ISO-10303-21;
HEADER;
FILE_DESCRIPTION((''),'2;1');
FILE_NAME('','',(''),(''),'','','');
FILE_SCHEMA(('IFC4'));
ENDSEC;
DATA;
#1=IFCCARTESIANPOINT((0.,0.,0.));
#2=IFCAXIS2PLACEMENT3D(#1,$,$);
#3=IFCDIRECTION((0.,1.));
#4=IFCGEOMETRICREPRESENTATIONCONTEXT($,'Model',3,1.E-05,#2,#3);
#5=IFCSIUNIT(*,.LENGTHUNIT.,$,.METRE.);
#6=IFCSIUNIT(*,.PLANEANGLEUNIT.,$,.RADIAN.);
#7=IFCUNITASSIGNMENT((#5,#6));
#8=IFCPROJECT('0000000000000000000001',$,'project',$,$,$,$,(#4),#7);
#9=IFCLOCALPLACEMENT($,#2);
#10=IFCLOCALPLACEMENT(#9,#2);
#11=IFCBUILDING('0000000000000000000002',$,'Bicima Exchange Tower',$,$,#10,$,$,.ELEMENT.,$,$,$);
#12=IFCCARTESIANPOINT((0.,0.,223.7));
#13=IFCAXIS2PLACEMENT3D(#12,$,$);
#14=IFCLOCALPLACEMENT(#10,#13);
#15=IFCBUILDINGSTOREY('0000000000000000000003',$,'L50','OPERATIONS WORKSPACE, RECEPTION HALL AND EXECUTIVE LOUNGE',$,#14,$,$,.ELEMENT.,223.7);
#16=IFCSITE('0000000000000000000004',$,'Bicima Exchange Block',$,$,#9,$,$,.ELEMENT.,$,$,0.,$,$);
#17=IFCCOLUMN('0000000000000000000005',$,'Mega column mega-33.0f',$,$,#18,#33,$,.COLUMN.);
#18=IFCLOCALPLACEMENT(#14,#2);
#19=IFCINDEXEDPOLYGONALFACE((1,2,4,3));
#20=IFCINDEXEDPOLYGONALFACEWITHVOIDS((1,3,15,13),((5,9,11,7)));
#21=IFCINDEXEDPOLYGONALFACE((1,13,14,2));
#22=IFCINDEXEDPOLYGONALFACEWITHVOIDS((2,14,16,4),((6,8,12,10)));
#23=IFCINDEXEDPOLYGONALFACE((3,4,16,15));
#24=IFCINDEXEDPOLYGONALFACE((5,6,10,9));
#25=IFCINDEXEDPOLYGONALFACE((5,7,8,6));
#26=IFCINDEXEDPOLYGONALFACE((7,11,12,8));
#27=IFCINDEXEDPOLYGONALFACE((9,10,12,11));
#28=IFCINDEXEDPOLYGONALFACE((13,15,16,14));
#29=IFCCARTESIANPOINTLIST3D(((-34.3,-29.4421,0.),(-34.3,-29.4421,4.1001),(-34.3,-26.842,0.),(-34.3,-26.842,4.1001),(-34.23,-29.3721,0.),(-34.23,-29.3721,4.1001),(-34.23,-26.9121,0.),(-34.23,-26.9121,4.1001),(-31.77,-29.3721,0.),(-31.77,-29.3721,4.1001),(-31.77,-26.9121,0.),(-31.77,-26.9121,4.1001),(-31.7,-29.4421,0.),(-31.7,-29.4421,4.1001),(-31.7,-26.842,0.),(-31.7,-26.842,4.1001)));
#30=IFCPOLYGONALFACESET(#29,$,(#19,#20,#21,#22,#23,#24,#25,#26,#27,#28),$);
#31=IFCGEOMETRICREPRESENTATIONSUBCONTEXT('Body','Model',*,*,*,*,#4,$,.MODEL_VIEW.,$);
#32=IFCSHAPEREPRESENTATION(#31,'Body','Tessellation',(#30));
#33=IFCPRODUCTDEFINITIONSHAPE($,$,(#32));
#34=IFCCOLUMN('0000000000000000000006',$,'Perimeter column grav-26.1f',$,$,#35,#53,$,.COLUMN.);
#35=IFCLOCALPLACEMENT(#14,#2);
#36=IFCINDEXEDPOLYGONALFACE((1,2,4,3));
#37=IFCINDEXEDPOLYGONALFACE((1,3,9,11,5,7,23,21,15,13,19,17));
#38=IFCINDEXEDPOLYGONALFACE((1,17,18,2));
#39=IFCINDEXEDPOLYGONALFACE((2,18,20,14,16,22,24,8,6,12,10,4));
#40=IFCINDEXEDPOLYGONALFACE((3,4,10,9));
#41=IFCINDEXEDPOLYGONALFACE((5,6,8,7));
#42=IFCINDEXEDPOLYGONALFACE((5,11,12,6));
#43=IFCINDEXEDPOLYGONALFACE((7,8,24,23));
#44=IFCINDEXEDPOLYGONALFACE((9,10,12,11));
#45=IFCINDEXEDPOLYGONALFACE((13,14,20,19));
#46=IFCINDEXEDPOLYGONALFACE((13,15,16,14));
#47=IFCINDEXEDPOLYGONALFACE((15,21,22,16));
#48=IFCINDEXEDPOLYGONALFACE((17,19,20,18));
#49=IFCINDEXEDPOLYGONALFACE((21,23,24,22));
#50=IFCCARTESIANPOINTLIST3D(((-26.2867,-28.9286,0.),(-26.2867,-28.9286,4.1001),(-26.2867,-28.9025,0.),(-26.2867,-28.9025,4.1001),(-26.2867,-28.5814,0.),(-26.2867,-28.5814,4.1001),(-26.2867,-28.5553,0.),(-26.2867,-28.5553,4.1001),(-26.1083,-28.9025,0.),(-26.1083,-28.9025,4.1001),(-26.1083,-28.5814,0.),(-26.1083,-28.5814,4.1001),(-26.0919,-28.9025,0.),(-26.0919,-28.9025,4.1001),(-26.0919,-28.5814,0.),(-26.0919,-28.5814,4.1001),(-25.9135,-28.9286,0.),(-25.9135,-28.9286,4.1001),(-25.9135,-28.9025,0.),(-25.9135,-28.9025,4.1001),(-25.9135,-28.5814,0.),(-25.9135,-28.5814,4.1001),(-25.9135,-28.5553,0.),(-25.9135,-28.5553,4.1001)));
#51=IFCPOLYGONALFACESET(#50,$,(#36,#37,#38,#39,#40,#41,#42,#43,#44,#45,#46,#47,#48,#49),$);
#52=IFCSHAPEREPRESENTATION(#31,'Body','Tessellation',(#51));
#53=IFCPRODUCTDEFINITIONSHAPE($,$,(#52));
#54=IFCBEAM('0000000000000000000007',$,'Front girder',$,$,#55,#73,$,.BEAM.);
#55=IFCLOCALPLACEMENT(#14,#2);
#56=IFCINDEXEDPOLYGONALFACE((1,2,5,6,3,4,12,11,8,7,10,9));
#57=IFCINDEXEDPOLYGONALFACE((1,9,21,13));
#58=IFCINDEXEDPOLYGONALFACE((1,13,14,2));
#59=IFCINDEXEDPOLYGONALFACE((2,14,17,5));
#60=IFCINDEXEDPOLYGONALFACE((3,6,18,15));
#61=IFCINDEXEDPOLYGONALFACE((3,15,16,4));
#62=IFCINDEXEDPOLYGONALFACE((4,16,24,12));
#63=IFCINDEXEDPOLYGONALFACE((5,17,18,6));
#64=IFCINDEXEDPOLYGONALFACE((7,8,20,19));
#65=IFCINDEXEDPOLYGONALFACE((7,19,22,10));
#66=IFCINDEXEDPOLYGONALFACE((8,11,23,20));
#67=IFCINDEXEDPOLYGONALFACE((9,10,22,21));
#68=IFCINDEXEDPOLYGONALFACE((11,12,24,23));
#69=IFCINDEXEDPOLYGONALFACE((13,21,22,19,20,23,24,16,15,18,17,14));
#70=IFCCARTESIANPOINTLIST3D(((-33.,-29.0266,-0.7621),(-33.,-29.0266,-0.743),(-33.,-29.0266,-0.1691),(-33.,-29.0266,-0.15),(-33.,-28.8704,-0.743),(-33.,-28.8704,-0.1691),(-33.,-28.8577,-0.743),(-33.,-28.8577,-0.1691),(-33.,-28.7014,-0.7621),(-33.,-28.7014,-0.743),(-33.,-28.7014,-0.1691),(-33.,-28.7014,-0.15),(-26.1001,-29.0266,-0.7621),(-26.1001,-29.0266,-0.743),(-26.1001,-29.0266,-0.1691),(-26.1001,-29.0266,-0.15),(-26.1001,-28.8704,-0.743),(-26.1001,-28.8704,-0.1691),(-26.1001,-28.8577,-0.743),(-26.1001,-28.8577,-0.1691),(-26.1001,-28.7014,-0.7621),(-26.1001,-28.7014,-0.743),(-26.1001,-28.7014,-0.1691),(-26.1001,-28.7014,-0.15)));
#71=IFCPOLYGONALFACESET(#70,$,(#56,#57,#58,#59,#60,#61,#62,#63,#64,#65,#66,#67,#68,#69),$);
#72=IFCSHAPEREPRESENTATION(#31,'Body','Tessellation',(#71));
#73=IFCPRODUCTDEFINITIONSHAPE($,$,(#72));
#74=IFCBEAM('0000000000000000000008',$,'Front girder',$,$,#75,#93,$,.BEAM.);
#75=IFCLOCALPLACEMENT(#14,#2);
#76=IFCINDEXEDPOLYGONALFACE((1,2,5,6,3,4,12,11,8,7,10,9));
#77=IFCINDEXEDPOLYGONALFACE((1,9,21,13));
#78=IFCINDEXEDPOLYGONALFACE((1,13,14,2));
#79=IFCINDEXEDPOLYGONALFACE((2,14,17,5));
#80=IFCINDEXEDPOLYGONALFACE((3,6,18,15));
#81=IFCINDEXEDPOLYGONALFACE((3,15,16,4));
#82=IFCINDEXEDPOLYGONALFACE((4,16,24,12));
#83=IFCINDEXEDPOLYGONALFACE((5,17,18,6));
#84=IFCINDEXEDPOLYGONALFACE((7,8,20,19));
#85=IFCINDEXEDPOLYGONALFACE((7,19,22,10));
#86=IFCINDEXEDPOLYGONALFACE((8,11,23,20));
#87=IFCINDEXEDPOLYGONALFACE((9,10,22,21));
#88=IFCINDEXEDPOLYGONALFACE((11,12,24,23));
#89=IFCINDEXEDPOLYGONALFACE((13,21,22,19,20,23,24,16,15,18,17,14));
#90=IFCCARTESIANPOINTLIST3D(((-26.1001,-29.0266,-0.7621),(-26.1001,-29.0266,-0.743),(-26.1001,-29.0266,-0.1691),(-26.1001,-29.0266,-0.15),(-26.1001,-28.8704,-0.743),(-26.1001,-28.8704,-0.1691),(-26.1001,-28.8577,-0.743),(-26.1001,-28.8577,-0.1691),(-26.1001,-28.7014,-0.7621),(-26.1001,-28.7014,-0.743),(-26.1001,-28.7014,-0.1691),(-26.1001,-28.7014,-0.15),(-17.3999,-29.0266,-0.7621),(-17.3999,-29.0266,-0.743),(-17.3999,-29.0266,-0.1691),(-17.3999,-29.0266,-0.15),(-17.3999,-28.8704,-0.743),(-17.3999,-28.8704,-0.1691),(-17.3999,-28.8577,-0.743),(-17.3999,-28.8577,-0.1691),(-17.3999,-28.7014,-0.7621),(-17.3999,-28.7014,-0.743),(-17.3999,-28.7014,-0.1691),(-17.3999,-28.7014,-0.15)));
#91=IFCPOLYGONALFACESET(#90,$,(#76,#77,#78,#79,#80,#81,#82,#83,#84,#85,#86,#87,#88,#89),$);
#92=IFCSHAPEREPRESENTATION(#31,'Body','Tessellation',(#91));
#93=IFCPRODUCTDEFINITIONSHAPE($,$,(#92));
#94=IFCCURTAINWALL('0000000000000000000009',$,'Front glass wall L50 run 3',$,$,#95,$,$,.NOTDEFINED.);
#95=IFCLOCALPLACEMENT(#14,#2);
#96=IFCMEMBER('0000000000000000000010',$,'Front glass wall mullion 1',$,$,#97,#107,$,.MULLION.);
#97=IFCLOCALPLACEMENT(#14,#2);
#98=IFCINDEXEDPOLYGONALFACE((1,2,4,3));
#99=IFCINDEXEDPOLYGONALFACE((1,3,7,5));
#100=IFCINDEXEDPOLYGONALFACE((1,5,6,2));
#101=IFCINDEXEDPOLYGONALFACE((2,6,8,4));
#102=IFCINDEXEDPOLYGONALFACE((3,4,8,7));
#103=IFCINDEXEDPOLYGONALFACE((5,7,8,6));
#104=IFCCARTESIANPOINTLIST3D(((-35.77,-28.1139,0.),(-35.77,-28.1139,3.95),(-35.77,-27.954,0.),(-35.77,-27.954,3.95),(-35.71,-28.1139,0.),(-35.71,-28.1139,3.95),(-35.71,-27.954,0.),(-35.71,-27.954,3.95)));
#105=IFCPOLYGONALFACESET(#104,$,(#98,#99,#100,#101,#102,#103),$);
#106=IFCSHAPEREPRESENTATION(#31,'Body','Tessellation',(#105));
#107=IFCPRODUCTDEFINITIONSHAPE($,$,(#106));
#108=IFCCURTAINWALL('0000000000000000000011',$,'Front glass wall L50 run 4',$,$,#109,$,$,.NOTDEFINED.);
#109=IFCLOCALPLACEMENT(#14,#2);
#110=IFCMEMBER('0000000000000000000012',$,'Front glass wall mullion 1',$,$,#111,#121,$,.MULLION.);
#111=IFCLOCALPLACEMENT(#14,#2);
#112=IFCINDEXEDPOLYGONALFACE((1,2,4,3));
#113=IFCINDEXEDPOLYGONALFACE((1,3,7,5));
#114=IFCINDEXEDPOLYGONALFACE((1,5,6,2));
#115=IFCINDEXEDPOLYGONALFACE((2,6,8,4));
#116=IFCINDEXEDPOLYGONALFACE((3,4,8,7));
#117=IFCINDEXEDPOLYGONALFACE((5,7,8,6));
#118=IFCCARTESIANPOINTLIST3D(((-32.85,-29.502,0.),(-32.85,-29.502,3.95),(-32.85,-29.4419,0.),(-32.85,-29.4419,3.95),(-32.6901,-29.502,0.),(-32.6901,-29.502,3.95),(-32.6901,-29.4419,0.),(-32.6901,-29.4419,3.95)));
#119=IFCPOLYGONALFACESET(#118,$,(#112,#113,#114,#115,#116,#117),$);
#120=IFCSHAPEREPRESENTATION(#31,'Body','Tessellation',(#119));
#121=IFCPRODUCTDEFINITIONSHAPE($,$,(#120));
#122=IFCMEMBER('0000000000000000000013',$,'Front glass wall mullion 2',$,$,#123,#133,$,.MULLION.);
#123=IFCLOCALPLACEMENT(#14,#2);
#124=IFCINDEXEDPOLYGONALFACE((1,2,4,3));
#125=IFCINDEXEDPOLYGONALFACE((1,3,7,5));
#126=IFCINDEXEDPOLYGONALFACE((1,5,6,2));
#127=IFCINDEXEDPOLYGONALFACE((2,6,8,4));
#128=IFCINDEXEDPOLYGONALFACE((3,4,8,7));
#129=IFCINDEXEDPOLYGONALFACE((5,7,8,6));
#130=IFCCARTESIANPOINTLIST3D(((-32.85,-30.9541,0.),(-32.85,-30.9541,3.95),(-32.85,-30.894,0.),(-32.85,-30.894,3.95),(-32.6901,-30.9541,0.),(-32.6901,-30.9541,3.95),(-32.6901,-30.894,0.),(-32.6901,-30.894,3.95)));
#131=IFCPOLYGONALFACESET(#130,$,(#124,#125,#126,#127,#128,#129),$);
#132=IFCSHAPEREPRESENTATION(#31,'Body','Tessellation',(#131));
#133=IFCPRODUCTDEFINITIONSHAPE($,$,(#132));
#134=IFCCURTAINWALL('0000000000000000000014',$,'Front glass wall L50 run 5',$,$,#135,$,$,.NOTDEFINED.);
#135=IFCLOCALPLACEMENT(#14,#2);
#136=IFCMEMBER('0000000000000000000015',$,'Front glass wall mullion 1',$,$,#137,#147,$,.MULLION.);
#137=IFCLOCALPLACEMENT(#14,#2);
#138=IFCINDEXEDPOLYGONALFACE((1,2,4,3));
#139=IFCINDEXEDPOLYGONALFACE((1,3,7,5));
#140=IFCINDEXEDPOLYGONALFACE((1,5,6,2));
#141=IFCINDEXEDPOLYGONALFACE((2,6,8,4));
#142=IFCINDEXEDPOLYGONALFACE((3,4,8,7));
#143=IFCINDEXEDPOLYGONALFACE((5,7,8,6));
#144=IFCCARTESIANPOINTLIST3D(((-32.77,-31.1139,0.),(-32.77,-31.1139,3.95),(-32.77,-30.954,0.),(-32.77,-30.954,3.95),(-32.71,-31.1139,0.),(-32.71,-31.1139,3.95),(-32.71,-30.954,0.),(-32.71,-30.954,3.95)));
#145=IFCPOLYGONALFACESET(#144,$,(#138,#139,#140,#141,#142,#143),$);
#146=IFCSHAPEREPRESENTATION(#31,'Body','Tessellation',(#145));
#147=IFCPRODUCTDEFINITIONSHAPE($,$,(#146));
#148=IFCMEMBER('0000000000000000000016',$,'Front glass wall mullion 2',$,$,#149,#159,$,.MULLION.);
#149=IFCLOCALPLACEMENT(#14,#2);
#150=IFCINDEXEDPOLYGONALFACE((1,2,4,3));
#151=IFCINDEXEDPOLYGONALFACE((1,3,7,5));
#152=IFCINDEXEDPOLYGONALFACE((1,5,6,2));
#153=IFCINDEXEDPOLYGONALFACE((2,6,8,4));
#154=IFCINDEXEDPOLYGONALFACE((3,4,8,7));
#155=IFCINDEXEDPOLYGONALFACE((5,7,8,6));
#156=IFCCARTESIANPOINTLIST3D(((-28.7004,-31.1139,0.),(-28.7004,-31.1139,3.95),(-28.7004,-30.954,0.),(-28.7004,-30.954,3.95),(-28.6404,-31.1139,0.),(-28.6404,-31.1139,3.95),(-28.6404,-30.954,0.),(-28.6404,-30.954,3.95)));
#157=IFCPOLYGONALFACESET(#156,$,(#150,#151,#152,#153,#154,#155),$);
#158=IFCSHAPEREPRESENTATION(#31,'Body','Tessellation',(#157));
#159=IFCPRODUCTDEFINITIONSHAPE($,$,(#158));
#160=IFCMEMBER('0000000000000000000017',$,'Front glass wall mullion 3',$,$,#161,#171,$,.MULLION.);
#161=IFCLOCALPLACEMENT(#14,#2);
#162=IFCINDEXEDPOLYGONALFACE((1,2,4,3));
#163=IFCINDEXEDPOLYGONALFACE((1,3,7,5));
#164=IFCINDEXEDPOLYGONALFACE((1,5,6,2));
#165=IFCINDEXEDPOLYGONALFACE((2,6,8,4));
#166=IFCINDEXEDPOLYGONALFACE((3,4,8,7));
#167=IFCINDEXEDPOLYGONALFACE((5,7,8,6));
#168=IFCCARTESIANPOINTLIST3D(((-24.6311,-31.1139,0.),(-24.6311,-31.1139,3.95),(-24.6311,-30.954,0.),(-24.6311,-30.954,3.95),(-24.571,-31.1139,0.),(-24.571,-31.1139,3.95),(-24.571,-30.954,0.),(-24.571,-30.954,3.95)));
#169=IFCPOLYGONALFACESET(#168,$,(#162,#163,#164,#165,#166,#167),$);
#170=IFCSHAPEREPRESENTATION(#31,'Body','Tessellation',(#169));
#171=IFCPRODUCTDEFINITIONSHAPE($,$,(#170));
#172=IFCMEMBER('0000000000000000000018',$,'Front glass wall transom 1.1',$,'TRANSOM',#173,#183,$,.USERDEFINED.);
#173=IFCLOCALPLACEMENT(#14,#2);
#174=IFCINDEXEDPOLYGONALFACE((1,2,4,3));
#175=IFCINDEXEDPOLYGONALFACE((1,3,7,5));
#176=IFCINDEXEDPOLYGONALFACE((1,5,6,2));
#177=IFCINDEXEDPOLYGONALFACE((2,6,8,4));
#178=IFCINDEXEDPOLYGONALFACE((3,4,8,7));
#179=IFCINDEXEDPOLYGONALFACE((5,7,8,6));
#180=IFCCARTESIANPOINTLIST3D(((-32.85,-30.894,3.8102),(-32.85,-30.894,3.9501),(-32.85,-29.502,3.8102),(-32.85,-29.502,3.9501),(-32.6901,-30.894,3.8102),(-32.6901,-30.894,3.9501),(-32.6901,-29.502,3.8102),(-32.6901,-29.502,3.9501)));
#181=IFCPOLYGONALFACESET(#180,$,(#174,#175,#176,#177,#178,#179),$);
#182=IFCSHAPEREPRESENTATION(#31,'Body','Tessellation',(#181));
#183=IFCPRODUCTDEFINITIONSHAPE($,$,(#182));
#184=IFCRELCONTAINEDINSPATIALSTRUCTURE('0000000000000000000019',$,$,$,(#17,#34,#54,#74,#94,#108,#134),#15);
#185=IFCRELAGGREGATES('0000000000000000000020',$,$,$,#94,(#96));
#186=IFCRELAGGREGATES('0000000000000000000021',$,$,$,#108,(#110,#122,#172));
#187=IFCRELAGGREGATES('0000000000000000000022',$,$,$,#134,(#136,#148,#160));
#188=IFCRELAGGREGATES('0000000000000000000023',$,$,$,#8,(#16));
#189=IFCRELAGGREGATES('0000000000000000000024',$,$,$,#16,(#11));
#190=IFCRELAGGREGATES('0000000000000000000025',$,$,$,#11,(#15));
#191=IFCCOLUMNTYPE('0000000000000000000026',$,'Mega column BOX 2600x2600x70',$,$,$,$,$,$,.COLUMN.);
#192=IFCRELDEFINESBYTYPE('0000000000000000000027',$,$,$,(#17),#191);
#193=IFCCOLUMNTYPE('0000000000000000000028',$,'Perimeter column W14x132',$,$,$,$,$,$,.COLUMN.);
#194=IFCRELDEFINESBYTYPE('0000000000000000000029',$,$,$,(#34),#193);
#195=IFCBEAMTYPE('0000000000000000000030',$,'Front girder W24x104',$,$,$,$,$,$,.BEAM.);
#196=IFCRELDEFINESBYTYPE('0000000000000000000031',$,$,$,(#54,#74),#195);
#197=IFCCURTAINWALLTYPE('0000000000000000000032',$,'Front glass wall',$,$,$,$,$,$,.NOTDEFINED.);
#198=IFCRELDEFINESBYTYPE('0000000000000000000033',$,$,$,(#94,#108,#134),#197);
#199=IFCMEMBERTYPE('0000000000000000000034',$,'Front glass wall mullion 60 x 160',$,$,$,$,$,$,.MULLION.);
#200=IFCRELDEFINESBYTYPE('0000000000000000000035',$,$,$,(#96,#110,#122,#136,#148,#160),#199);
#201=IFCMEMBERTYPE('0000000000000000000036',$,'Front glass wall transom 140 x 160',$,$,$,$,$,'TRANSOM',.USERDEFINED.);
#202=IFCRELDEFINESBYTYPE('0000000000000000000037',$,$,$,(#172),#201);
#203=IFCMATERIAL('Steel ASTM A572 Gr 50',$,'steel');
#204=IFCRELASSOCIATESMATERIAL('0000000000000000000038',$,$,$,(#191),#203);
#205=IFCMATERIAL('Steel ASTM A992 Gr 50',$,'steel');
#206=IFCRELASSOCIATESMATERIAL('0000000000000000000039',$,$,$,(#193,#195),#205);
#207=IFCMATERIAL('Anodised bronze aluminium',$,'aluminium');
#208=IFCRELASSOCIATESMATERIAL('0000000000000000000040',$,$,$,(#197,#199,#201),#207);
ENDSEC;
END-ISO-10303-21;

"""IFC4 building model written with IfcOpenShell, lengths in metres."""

from ifc_helpers import new_model, si_unit, direction, frame, origin, origin_2d, place, context, subcontext, project, spatial, rectangle, hollow_rectangle, i_section, extrude, material, material_profile, profile_set, type_object, element, aggregate, save


model = new_model("IFC4")

# Units and contexts
model_context = context("Model", 3, precision=1e-05, world=origin(), true_north=direction((0.0, 1.0)))
body_context = subcontext(model_context, "Body", "Model", "MODEL_VIEW")
ifc_project = project(units=[si_unit("LENGTHUNIT", "METRE"), si_unit("PLANEANGLEUNIT", "RADIAN")], contexts=[model_context])

# Site, building, storey
site_placement = place(None, origin())
site = spatial("IfcSite", under=ifc_project, at=site_placement, Name="Bicima Exchange Block", CompositionType="ELEMENT", RefElevation=0.0)
building_placement = place(site_placement, origin())
building = spatial("IfcBuilding", under=site, at=building_placement, Name="Bicima Exchange Tower", CompositionType="ELEMENT")
storey_placement = place(building_placement, frame((0.0, 0.0, 223.7)))
storey = spatial("IfcBuildingStorey", under=building, at=storey_placement, Name="L50", Description="OPERATIONS WORKSPACE, RECEPTION HALL AND EXECUTIVE LOUNGE", CompositionType="ELEMENT", Elevation=223.7)

# Columns
ifc_material_1 = material(Name="Steel ASTM A572 Gr 50", Category="steel")
ifc_material_profile_1 = material_profile(ifc_material_1, hollow_rectangle(XDim=2.6001, YDim=2.6001, WallThickness=0.0701, at=origin_2d()))
ifc_profile_set_1 = profile_set([ifc_material_profile_1], Name="Steel ASTM A572 Gr 50")
column_type_1 = type_object("IfcColumnType", Name="Mega column BOX 2600x2600x70", PredefinedType="COLUMN", material=ifc_profile_set_1)
column_1_placement = place(storey_placement, frame((-33.0, -28.1421, 0.0), z_axis=(0.0, 0.0, 1.0), x_axis=(1.0, 0.0, 0.0)))
element("IfcColumn", 1, at=column_1_placement, inside=storey, type_object=column_type_1, Name="Mega column mega-33.0f", PredefinedType="COLUMN", context=body_context, shape_type="SweptSolid", body=[
    extrude(hollow_rectangle(XDim=2.6001, YDim=2.6001, WallThickness=0.0701, at=origin_2d()), origin(), (0.0, 0.0, 1.0), 4.1001),
])
ifc_material_2 = material(Name="Steel ASTM A992 Gr 50", Category="steel")
ifc_material_profile_2 = material_profile(ifc_material_2, i_section(OverallWidth=0.3733, OverallDepth=0.3733, WebThickness=0.0164, FlangeThickness=0.0261, at=origin_2d()))
ifc_profile_set_2 = profile_set([ifc_material_profile_2], Name="Steel ASTM A992 Gr 50")
column_type_2 = type_object("IfcColumnType", Name="Perimeter column W14x132", PredefinedType="COLUMN", material=ifc_profile_set_2)
column_2_placement = place(storey_placement, frame((-26.1001, -28.7419, 0.0), z_axis=(0.0, 0.0, 1.0), x_axis=(1.0, 0.0, 0.0)))
element("IfcColumn", 2, at=column_2_placement, inside=storey, type_object=column_type_2, Name="Perimeter column grav-26.1f", PredefinedType="COLUMN", context=body_context, shape_type="SweptSolid", body=[
    extrude(i_section(OverallWidth=0.3733, OverallDepth=0.3733, WebThickness=0.0164, FlangeThickness=0.0261, at=origin_2d()), origin(), (0.0, 0.0, 1.0), 4.1001),
])

# Beams
ifc_material_profile_3 = material_profile(ifc_material_2, i_section(OverallWidth=0.3252, OverallDepth=0.6121, WebThickness=0.0127, FlangeThickness=0.019, at=origin_2d()))
ifc_profile_set_3 = profile_set([ifc_material_profile_3], Name="Steel ASTM A992 Gr 50")
beam_type = type_object("IfcBeamType", Name="Front girder W24x104", PredefinedType="BEAM", material=ifc_profile_set_3)
beam_1_placement = place(storey_placement, frame((-33.0, -28.864, -0.4561), z_axis=(1.0, 0.0, 0.0), x_axis=(0.0, 1.0, 0.0)))
element("IfcBeam", 3, at=beam_1_placement, inside=storey, type_object=beam_type, Name="Front girder", PredefinedType="BEAM", context=body_context, shape_type="SweptSolid", body=[
    extrude(i_section(OverallWidth=0.3252, OverallDepth=0.6121, WebThickness=0.0127, FlangeThickness=0.019, at=origin_2d()), origin(), (0.0, 0.0, 1.0), 6.8999),
])
beam_2_placement = place(storey_placement, frame((-26.1001, -28.864, -0.4561), z_axis=(1.0, 0.0, 0.0), x_axis=(0.0, 1.0, 0.0)))
element("IfcBeam", 4, at=beam_2_placement, inside=storey, type_object=beam_type, Name="Front girder", PredefinedType="BEAM", context=body_context, shape_type="SweptSolid", body=[
    extrude(i_section(OverallWidth=0.3252, OverallDepth=0.6121, WebThickness=0.0127, FlangeThickness=0.019, at=origin_2d()), origin(), (0.0, 0.0, 1.0), 8.7002),
])

# Curtain wall, member
ifc_material_3 = material(Name="Anodised bronze aluminium", Category="aluminium")
curtain_wall_type = type_object("IfcCurtainWallType", Name="Front glass wall", PredefinedType="NOTDEFINED", material=ifc_material_3)
curtain_wall_1_placement = place(storey_placement, origin())
curtain_wall_1 = element("IfcCurtainWall", 5, at=curtain_wall_1_placement, inside=storey, type_object=curtain_wall_type, Name="Front glass wall L50 run 3", PredefinedType="NOTDEFINED")
ifc_material_profile_4 = material_profile(ifc_material_3, rectangle(XDim=0.1599, YDim=0.0601, at=origin_2d()))
ifc_profile_set_4 = profile_set([ifc_material_profile_4], Name="Anodised bronze aluminium")
member_type_1 = type_object("IfcMemberType", Name="Front glass wall mullion 60 x 160", PredefinedType="MULLION", material=ifc_profile_set_4)
member_1_placement = place(storey_placement, frame((-35.74, -28.0339, 0.0), z_axis=(0.0, 0.0, 1.0), x_axis=(0.0, 1.0, 0.0)))
member_1 = element("IfcMember", 6, at=member_1_placement, type_object=member_type_1, Name="Front glass wall mullion 1", PredefinedType="MULLION", context=body_context, shape_type="SweptSolid", body=[
    extrude(rectangle(XDim=0.1599, YDim=0.0601, at=origin_2d()), origin(), (0.0, 0.0, 1.0), 3.95),
])
aggregate(curtain_wall_1, [member_1])

# Curtain walls, members
curtain_wall_2_placement = place(storey_placement, origin())
curtain_wall_2 = element("IfcCurtainWall", 7, at=curtain_wall_2_placement, inside=storey, type_object=curtain_wall_type, Name="Front glass wall L50 run 4", PredefinedType="NOTDEFINED")
member_2_placement = place(storey_placement, frame((-32.77, -29.4719, 0.0), z_axis=(0.0, 0.0, 1.0), x_axis=(1.0, 0.0, 0.0)))
member_2 = element("IfcMember", 8, at=member_2_placement, type_object=member_type_1, Name="Front glass wall mullion 1", PredefinedType="MULLION", context=body_context, shape_type="SweptSolid", body=[
    extrude(rectangle(XDim=0.1599, YDim=0.0601, at=origin_2d()), origin(), (0.0, 0.0, 1.0), 3.95),
])
member_3_placement = place(storey_placement, frame((-32.77, -30.9241, 0.0), z_axis=(0.0, 0.0, 1.0), x_axis=(1.0, 0.0, 0.0)))
member_3 = element("IfcMember", 9, at=member_3_placement, type_object=member_type_1, Name="Front glass wall mullion 2", PredefinedType="MULLION", context=body_context, shape_type="SweptSolid", body=[
    extrude(rectangle(XDim=0.1599, YDim=0.0601, at=origin_2d()), origin(), (0.0, 0.0, 1.0), 3.95),
])
curtain_wall_3_placement = place(storey_placement, origin())
curtain_wall_3 = element("IfcCurtainWall", 10, at=curtain_wall_3_placement, inside=storey, type_object=curtain_wall_type, Name="Front glass wall L50 run 5", PredefinedType="NOTDEFINED")
member_4_placement = place(storey_placement, frame((-32.74, -31.0339, 0.0), z_axis=(0.0, 0.0, 1.0), x_axis=(0.0, 1.0, 0.0)))
member_4 = element("IfcMember", 11, at=member_4_placement, type_object=member_type_1, Name="Front glass wall mullion 1", PredefinedType="MULLION", context=body_context, shape_type="SweptSolid", body=[
    extrude(rectangle(XDim=0.1599, YDim=0.0601, at=origin_2d()), origin(), (0.0, 0.0, 1.0), 3.95),
])
member_5_placement = place(storey_placement, frame((-28.6704, -31.0339, 0.0), z_axis=(0.0, 0.0, 1.0), x_axis=(0.0, 1.0, 0.0)))
member_5 = element("IfcMember", 12, at=member_5_placement, type_object=member_type_1, Name="Front glass wall mullion 2", PredefinedType="MULLION", context=body_context, shape_type="SweptSolid", body=[
    extrude(rectangle(XDim=0.1599, YDim=0.0601, at=origin_2d()), origin(), (0.0, 0.0, 1.0), 3.95),
])
member_6_placement = place(storey_placement, frame((-24.6011, -31.0339, 0.0), z_axis=(0.0, 0.0, 1.0), x_axis=(0.0, 1.0, 0.0)))
member_6 = element("IfcMember", 13, at=member_6_placement, type_object=member_type_1, Name="Front glass wall mullion 3", PredefinedType="MULLION", context=body_context, shape_type="SweptSolid", body=[
    extrude(rectangle(XDim=0.1599, YDim=0.0601, at=origin_2d()), origin(), (0.0, 0.0, 1.0), 3.95),
])

# Member
ifc_material_profile_5 = material_profile(ifc_material_3, rectangle(XDim=0.1599, YDim=0.1399, at=origin_2d()))
ifc_profile_set_5 = profile_set([ifc_material_profile_5], Name="Anodised bronze aluminium")
member_type_2 = type_object("IfcMemberType", Name="Front glass wall transom 140 x 160", ElementType="TRANSOM", PredefinedType="USERDEFINED", material=ifc_profile_set_5)
member_7_placement = place(storey_placement, frame((-32.77, -29.502, 3.8801), z_axis=(0.0, -1.0, 0.0), x_axis=(1.0, 0.0, 0.0)))
member_7 = element("IfcMember", 14, at=member_7_placement, type_object=member_type_2, Name="Front glass wall transom 1.1", ObjectType="TRANSOM", PredefinedType="USERDEFINED", context=body_context, shape_type="SweptSolid", body=[
    extrude(rectangle(XDim=0.1599, YDim=0.1399, at=origin_2d()), origin(), (0.0, 0.0, 1.0), 1.3921),
])

aggregate(curtain_wall_2, [member_2, member_3, member_7])
aggregate(curtain_wall_3, [member_4, member_5, member_6])

save(model, "model.ifc")
